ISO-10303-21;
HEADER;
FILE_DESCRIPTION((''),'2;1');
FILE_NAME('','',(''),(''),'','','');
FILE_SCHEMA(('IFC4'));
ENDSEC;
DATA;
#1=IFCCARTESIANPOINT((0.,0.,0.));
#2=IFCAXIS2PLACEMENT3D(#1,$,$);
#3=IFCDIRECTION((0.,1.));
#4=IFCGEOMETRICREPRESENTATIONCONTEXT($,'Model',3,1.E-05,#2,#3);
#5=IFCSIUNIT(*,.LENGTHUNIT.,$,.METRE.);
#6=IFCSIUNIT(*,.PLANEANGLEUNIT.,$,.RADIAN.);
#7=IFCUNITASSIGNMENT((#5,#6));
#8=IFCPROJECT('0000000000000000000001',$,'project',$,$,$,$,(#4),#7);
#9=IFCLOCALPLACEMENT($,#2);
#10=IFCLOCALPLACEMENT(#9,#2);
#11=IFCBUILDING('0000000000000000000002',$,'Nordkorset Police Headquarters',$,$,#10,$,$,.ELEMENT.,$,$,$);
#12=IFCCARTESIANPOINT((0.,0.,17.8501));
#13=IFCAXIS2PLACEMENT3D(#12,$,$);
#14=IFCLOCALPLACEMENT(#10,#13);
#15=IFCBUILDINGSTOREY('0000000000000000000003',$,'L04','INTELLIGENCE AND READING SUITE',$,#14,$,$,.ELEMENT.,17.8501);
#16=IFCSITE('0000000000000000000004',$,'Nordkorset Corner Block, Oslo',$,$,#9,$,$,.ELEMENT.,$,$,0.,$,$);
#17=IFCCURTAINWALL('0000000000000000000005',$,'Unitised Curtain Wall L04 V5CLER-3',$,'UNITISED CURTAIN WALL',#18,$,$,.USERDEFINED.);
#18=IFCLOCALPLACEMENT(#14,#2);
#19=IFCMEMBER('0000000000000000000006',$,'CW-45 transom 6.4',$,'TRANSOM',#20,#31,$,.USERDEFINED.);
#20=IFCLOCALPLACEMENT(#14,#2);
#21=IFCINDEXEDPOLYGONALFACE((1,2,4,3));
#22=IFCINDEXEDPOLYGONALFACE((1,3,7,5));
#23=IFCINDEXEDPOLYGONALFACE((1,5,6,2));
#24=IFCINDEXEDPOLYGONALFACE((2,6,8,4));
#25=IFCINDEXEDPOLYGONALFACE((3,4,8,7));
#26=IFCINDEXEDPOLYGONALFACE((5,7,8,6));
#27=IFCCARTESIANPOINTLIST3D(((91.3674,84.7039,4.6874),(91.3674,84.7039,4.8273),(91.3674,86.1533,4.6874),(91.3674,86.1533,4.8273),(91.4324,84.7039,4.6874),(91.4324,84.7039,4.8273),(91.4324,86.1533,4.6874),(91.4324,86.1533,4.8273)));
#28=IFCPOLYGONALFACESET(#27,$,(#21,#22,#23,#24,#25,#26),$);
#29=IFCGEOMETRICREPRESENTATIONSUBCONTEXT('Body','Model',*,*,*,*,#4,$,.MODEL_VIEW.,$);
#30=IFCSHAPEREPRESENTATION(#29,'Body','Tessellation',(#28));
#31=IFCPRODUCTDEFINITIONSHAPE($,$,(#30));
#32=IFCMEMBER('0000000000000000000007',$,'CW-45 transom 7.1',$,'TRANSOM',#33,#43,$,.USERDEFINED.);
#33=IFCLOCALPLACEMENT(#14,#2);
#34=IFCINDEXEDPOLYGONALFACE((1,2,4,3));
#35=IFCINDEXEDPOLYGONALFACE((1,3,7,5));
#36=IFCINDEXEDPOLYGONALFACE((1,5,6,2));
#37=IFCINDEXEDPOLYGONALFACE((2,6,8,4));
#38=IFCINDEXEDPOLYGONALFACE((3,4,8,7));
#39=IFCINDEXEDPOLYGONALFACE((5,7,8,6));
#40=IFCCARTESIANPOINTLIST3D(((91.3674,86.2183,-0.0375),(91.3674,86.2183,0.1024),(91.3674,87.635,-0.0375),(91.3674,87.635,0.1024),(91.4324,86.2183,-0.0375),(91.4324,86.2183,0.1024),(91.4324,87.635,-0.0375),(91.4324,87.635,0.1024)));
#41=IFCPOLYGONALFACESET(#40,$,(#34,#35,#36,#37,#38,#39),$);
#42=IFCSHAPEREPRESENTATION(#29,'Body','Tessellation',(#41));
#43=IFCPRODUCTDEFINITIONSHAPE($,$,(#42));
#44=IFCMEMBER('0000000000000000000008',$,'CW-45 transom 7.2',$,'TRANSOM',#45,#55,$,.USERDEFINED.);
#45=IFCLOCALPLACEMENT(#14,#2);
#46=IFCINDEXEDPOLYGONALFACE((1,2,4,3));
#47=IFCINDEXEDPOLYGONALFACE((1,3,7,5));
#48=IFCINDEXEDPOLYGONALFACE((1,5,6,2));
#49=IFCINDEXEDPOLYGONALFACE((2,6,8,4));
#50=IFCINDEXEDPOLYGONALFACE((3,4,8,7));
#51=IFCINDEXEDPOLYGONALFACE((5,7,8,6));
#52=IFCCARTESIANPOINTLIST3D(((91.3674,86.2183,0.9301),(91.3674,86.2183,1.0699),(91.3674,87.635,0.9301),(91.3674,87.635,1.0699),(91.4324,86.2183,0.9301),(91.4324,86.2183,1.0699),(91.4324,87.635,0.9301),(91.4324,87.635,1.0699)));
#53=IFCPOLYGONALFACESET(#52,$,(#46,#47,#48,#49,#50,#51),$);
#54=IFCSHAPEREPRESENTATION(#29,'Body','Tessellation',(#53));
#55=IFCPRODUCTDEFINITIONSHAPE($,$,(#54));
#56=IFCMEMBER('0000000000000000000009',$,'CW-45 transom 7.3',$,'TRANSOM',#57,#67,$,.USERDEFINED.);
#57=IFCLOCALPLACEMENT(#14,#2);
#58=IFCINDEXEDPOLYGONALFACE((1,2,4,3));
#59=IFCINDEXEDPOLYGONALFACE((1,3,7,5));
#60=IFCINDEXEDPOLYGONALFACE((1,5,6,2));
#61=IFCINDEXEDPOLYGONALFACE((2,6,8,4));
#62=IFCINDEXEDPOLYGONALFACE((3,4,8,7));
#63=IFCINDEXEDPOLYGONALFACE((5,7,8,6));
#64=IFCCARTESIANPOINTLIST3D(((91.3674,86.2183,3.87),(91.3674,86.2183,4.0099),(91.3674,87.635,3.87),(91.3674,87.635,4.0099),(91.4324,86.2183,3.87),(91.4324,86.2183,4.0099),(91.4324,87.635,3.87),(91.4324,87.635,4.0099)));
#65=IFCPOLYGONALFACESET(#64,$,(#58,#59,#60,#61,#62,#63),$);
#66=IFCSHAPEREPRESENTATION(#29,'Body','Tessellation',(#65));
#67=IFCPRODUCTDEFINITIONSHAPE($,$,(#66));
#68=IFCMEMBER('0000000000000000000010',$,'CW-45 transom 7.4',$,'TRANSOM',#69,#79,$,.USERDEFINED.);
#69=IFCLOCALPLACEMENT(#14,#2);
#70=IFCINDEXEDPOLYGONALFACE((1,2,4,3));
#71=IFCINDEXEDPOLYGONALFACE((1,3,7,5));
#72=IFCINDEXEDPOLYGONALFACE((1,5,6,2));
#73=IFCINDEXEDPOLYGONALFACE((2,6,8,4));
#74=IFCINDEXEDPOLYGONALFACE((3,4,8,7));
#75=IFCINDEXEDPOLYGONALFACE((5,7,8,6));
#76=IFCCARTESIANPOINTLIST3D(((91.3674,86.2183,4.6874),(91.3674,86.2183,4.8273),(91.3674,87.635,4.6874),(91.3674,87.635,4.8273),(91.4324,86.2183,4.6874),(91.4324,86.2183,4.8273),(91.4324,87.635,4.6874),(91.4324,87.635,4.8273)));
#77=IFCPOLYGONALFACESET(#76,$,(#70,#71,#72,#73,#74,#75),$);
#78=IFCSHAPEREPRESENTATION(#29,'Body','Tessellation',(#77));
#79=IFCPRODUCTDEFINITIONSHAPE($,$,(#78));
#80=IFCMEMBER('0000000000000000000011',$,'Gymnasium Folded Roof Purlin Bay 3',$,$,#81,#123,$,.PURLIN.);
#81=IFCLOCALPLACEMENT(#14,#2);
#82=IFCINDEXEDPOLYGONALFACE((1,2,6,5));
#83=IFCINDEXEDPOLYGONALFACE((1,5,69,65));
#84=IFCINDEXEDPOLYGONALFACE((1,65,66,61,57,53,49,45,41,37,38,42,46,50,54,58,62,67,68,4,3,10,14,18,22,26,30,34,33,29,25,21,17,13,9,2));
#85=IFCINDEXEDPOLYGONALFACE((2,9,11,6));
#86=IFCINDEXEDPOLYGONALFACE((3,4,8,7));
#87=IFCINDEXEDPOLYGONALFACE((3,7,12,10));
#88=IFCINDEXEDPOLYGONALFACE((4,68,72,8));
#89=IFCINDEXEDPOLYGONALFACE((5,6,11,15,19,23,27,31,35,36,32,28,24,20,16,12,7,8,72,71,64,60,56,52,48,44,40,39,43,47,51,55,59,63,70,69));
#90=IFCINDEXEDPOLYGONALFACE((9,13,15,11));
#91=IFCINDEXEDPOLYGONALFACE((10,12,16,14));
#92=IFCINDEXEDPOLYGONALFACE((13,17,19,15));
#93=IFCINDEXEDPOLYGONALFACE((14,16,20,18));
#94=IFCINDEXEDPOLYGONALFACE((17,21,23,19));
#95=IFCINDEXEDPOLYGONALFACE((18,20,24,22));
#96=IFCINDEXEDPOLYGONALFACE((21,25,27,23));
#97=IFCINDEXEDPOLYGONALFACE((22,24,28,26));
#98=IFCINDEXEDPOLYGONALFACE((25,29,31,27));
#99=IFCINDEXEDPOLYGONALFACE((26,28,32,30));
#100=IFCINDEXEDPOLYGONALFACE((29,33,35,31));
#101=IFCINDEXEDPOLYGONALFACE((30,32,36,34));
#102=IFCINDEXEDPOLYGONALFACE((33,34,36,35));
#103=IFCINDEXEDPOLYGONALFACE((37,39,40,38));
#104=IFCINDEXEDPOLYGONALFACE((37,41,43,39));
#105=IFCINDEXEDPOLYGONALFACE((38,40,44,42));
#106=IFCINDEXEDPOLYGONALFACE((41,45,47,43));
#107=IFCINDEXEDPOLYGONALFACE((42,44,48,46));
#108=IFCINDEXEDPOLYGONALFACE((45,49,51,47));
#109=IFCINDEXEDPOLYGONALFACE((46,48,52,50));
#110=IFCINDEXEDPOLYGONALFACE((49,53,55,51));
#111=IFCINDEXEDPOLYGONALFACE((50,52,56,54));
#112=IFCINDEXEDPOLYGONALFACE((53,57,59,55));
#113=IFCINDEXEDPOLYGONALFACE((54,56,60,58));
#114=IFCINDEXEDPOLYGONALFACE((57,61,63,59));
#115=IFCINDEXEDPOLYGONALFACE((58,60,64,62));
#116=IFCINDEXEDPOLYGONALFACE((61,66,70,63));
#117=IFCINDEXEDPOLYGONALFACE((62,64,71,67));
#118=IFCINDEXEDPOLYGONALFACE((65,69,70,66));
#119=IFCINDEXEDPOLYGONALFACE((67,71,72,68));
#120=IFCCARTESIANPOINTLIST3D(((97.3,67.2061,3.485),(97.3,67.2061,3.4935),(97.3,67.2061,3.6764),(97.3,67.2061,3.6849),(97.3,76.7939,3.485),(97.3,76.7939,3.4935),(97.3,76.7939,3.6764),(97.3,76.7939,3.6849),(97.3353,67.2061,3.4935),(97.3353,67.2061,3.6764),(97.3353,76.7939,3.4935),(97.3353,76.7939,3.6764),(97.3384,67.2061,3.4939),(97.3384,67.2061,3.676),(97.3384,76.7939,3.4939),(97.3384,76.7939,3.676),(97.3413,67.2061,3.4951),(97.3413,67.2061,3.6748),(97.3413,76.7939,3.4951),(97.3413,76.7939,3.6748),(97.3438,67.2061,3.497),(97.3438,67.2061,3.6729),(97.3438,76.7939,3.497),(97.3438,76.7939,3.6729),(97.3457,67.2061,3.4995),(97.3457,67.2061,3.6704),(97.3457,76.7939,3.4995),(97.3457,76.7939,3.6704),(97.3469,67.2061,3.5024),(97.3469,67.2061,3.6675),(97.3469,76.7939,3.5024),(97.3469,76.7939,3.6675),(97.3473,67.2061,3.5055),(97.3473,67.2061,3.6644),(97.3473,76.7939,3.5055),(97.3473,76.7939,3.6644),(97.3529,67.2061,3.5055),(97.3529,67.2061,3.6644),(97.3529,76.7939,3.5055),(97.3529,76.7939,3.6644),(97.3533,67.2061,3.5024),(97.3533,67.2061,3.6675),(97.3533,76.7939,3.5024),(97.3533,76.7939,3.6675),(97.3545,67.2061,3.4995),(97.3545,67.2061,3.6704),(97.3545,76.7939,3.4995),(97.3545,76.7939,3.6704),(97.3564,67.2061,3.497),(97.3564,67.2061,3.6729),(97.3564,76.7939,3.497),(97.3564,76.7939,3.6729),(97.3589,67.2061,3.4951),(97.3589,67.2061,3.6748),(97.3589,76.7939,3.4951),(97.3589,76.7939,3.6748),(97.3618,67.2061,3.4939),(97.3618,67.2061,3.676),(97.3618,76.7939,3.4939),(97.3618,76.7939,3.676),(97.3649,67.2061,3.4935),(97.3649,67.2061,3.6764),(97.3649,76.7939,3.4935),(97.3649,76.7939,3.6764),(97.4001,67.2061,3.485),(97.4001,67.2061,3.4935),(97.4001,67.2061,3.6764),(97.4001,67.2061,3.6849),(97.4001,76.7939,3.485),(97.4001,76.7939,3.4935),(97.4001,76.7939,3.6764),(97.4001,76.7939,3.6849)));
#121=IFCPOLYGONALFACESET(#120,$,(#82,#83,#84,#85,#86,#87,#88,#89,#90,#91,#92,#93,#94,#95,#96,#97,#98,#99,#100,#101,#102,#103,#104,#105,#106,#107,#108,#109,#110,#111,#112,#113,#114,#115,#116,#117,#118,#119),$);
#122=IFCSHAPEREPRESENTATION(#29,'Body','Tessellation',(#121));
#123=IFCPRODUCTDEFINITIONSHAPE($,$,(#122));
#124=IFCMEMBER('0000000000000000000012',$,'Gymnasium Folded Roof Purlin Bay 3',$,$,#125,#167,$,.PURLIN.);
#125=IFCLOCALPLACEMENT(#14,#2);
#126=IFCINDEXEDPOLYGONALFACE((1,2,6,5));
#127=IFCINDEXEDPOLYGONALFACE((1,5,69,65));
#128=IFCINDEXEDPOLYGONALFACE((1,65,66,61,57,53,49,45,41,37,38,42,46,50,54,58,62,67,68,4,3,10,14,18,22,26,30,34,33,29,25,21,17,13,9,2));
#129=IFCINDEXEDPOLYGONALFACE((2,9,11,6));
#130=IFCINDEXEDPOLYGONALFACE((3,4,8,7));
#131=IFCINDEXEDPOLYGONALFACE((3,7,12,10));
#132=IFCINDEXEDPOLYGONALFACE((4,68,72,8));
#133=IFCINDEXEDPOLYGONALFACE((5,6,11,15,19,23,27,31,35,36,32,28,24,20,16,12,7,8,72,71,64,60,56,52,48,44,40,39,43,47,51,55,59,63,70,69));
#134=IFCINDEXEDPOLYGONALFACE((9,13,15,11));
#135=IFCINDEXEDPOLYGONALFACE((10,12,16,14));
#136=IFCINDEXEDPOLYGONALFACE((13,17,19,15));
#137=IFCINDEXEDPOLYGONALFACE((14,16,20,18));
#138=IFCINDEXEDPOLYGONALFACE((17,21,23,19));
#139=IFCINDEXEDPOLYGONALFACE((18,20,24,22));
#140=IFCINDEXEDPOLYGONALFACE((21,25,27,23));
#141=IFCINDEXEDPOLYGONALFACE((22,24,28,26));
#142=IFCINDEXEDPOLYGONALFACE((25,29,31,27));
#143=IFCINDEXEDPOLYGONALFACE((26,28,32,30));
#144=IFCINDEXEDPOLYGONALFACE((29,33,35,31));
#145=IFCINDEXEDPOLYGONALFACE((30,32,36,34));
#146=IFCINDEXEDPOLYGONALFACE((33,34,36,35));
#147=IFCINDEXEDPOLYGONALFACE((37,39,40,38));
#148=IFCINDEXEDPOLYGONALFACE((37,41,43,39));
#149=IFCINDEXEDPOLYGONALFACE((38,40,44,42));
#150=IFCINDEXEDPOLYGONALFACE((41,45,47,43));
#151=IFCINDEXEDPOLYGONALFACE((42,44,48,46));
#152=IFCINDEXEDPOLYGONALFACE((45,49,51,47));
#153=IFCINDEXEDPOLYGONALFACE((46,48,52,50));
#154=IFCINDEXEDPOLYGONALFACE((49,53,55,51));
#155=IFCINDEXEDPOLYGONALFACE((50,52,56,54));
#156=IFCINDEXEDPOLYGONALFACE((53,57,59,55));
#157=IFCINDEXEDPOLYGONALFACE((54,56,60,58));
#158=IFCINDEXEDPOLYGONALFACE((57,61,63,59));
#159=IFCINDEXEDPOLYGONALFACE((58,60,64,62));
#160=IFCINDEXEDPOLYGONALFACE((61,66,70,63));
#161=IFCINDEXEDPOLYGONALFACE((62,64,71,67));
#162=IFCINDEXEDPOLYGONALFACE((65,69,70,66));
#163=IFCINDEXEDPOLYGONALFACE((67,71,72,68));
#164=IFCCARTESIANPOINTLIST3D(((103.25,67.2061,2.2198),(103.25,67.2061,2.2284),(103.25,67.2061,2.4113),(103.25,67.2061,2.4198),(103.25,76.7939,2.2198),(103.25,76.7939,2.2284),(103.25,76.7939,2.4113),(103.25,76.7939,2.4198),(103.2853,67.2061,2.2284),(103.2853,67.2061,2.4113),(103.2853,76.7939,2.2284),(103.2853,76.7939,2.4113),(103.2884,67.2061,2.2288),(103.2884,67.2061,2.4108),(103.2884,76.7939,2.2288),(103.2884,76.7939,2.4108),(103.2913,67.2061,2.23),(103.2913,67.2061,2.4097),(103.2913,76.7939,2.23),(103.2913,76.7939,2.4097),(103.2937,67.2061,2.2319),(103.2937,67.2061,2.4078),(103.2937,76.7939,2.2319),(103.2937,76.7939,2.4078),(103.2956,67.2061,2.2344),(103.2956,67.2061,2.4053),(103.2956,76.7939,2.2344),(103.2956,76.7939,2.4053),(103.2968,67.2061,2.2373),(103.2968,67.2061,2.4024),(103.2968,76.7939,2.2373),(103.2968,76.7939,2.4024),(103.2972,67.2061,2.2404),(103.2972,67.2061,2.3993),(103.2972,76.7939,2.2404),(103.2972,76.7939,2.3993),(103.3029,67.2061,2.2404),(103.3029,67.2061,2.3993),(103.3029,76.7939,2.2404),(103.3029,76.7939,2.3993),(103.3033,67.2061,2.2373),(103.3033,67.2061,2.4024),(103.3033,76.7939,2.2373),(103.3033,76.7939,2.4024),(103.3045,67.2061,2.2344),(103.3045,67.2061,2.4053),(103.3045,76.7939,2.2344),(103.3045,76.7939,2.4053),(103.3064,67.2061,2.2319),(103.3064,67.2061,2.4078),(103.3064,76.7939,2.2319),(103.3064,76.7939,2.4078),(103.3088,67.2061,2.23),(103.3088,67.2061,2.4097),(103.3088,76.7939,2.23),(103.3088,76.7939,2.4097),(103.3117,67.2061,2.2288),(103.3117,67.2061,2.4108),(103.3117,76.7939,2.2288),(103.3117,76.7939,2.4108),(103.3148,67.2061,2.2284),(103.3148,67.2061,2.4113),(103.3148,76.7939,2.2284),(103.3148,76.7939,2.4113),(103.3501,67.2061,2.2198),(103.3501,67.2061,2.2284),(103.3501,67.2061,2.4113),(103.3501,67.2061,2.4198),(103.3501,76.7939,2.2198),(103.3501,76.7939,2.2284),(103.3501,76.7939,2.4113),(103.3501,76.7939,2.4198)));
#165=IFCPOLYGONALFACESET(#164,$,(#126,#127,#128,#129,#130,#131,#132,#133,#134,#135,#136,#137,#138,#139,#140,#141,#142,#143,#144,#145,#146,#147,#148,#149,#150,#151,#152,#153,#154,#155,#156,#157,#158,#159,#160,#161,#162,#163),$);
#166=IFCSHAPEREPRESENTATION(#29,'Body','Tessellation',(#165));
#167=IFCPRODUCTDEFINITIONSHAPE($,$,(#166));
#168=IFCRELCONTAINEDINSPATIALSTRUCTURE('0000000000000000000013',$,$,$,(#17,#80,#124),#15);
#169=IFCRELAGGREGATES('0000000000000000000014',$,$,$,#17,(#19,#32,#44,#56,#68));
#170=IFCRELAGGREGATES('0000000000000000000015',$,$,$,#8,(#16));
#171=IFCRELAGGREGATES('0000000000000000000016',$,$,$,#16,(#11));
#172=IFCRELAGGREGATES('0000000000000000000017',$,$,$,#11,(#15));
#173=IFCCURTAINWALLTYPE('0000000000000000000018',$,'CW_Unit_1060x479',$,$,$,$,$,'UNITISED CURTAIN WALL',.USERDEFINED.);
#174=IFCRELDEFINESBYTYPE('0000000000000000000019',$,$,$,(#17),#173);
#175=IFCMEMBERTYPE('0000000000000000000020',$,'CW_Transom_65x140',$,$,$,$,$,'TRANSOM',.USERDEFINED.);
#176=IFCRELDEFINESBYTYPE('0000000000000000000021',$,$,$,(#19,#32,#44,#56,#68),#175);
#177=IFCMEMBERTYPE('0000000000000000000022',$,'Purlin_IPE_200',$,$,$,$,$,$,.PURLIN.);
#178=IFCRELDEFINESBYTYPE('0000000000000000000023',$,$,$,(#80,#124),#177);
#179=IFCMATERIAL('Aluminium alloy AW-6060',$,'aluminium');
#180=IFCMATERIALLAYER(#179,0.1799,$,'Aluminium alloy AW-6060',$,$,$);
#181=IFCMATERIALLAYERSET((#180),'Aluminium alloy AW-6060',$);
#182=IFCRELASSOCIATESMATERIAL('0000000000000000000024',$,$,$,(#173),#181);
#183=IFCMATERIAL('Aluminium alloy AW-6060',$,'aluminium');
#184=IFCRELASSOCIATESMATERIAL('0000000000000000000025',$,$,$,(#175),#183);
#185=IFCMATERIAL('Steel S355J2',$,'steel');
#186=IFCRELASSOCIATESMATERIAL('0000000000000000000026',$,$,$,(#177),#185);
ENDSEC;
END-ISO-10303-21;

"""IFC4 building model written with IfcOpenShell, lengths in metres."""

from ifc_helpers import new_model, si_unit, direction, frame, origin, origin_2d, place, context, subcontext, project, spatial, rectangle, i_section, extrude, material, layer, layer_set, material_profile, profile_set, type_object, element, aggregate, save


model = new_model("IFC4")

# Units and contexts
model_context = context("Model", 3, precision=1e-05, world=origin(), true_north=direction((0.0, 1.0)))
body_context = subcontext(model_context, "Body", "Model", "MODEL_VIEW")
ifc_project = project(units=[si_unit("LENGTHUNIT", "METRE"), si_unit("PLANEANGLEUNIT", "RADIAN")], contexts=[model_context])

# Site, building, storey
site_placement = place(None, origin())
site = spatial("IfcSite", under=ifc_project, at=site_placement, Name="Nordkorset Corner Block, Oslo", CompositionType="ELEMENT", RefElevation=0.0)
building_placement = place(site_placement, origin())
building = spatial("IfcBuilding", under=site, at=building_placement, Name="Nordkorset Police Headquarters", CompositionType="ELEMENT")
storey_placement = place(building_placement, frame((0.0, 0.0, 17.8501)))
storey = spatial("IfcBuildingStorey", under=building, at=storey_placement, Name="L04", Description="INTELLIGENCE AND READING SUITE", CompositionType="ELEMENT", Elevation=17.8501)

# Curtain wall, members
ifc_material_1 = material(Name="Aluminium alloy AW-6060", Category="aluminium")
ifc_layer_1 = layer(ifc_material_1, 0.1799, Name="Aluminium alloy AW-6060")
ifc_layer_set_1 = layer_set([ifc_layer_1], Name="Aluminium alloy AW-6060")
curtain_wall_type = type_object("IfcCurtainWallType", Name="CW_Unit_1060x479", ElementType="UNITISED CURTAIN WALL", PredefinedType="USERDEFINED", material=ifc_layer_set_1)
curtain_wall_placement = place(storey_placement, origin())
curtain_wall = element("IfcCurtainWall", 1, at=curtain_wall_placement, inside=storey, type_object=curtain_wall_type, Name="Unitised Curtain Wall L04 V5CLER-3", ObjectType="UNITISED CURTAIN WALL", PredefinedType="USERDEFINED")
ifc_material_2 = material(Name="Aluminium alloy AW-6060", Category="aluminium")
ifc_material_profile_1 = material_profile(ifc_material_2, rectangle(XDim=0.0649, YDim=0.1399, at=origin_2d()), Name="ALU TRAN 65x140")
ifc_profile_set_1 = profile_set([ifc_material_profile_1], Name="Aluminium alloy AW-6060")
member_type_1 = type_object("IfcMemberType", Name="CW_Transom_65x140", ElementType="TRANSOM", PredefinedType="USERDEFINED", material=ifc_profile_set_1)
member_1_placement = place(storey_placement, frame((91.3999, 84.7039, 4.7573), z_axis=(0.0, 1.0, 0.0), x_axis=(-1.0, 0.0, 0.0)))
member_1 = element("IfcMember", 2, at=member_1_placement, type_object=member_type_1, Name="CW-45 transom 6.4", ObjectType="TRANSOM", PredefinedType="USERDEFINED", context=body_context, shape_type="SweptSolid", body=[
    extrude(rectangle(XDim=0.0649, YDim=0.1399, at=origin_2d()), origin(), (0.0, 0.0, 1.0), 1.4495),
])
member_2_placement = place(storey_placement, frame((91.3999, 86.2183, 0.0325), z_axis=(0.0, 1.0, 0.0), x_axis=(-1.0, 0.0, 0.0)))
member_2 = element("IfcMember", 3, at=member_2_placement, type_object=member_type_1, Name="CW-45 transom 7.1", ObjectType="TRANSOM", PredefinedType="USERDEFINED", context=body_context, shape_type="SweptSolid", body=[
    extrude(rectangle(XDim=0.0649, YDim=0.1399, at=origin_2d()), origin(), (0.0, 0.0, 1.0), 1.4167),
])
member_3_placement = place(storey_placement, frame((91.3999, 86.2183, 1.0), z_axis=(0.0, 1.0, 0.0), x_axis=(-1.0, 0.0, 0.0)))
member_3 = element("IfcMember", 4, at=member_3_placement, type_object=member_type_1, Name="CW-45 transom 7.2", ObjectType="TRANSOM", PredefinedType="USERDEFINED", context=body_context, shape_type="SweptSolid", body=[
    extrude(rectangle(XDim=0.0649, YDim=0.1399, at=origin_2d()), origin(), (0.0, 0.0, 1.0), 1.4167),
])
member_4_placement = place(storey_placement, frame((91.3999, 86.2183, 3.9399), z_axis=(0.0, 1.0, 0.0), x_axis=(-1.0, 0.0, 0.0)))
member_4 = element("IfcMember", 5, at=member_4_placement, type_object=member_type_1, Name="CW-45 transom 7.3", ObjectType="TRANSOM", PredefinedType="USERDEFINED", context=body_context, shape_type="SweptSolid", body=[
    extrude(rectangle(XDim=0.0649, YDim=0.1399, at=origin_2d()), origin(), (0.0, 0.0, 1.0), 1.4167),
])
member_5_placement = place(storey_placement, frame((91.3999, 86.2183, 4.7573), z_axis=(0.0, 1.0, 0.0), x_axis=(-1.0, 0.0, 0.0)))
member_5 = element("IfcMember", 6, at=member_5_placement, type_object=member_type_1, Name="CW-45 transom 7.4", ObjectType="TRANSOM", PredefinedType="USERDEFINED", context=body_context, shape_type="SweptSolid", body=[
    extrude(rectangle(XDim=0.0649, YDim=0.1399, at=origin_2d()), origin(), (0.0, 0.0, 1.0), 1.4167),
])

# Members
ifc_material_3 = material(Name="Steel S355J2", Category="steel")
ifc_material_profile_2 = material_profile(ifc_material_3, i_section(OverallWidth=0.1001, OverallDepth=0.2, WebThickness=0.0056, FlangeThickness=0.0085, FilletRadius=0.012, at=origin_2d()), Name="IPE 200")
ifc_profile_set_2 = profile_set([ifc_material_profile_2], Name="Steel S355J2")
member_type_2 = type_object("IfcMemberType", Name="Purlin_IPE_200", PredefinedType="PURLIN", material=ifc_profile_set_2)
for number, where, z_axis, x_axis, name in (
    (7, (97.3501, 67.2061, 3.585), (0.0, 1.0, 0.0), (-1.0, 0.0, 0.0), "Gymnasium Folded Roof Purlin Bay 3"),
    (8, (103.3, 67.2061, 2.3198), (0.0, 1.0, 0.0), (-1.0, 0.0, 0.0), "Gymnasium Folded Roof Purlin Bay 3"),
):
    element("IfcMember", number, at=place(storey_placement, frame(where, z_axis=z_axis, x_axis=x_axis)), inside=storey, type_object=member_type_2, Name=name, PredefinedType="PURLIN", context=body_context, shape_type="SweptSolid", body=[
        extrude(i_section(OverallWidth=0.1001, OverallDepth=0.2, WebThickness=0.0056, FlangeThickness=0.0085, FilletRadius=0.012, at=origin_2d()), origin(), (0.0, 0.0, 1.0), 9.5879),
    ])

aggregate(curtain_wall, [member_1, member_2, member_3, member_4, member_5])

save(model, "model.ifc")
